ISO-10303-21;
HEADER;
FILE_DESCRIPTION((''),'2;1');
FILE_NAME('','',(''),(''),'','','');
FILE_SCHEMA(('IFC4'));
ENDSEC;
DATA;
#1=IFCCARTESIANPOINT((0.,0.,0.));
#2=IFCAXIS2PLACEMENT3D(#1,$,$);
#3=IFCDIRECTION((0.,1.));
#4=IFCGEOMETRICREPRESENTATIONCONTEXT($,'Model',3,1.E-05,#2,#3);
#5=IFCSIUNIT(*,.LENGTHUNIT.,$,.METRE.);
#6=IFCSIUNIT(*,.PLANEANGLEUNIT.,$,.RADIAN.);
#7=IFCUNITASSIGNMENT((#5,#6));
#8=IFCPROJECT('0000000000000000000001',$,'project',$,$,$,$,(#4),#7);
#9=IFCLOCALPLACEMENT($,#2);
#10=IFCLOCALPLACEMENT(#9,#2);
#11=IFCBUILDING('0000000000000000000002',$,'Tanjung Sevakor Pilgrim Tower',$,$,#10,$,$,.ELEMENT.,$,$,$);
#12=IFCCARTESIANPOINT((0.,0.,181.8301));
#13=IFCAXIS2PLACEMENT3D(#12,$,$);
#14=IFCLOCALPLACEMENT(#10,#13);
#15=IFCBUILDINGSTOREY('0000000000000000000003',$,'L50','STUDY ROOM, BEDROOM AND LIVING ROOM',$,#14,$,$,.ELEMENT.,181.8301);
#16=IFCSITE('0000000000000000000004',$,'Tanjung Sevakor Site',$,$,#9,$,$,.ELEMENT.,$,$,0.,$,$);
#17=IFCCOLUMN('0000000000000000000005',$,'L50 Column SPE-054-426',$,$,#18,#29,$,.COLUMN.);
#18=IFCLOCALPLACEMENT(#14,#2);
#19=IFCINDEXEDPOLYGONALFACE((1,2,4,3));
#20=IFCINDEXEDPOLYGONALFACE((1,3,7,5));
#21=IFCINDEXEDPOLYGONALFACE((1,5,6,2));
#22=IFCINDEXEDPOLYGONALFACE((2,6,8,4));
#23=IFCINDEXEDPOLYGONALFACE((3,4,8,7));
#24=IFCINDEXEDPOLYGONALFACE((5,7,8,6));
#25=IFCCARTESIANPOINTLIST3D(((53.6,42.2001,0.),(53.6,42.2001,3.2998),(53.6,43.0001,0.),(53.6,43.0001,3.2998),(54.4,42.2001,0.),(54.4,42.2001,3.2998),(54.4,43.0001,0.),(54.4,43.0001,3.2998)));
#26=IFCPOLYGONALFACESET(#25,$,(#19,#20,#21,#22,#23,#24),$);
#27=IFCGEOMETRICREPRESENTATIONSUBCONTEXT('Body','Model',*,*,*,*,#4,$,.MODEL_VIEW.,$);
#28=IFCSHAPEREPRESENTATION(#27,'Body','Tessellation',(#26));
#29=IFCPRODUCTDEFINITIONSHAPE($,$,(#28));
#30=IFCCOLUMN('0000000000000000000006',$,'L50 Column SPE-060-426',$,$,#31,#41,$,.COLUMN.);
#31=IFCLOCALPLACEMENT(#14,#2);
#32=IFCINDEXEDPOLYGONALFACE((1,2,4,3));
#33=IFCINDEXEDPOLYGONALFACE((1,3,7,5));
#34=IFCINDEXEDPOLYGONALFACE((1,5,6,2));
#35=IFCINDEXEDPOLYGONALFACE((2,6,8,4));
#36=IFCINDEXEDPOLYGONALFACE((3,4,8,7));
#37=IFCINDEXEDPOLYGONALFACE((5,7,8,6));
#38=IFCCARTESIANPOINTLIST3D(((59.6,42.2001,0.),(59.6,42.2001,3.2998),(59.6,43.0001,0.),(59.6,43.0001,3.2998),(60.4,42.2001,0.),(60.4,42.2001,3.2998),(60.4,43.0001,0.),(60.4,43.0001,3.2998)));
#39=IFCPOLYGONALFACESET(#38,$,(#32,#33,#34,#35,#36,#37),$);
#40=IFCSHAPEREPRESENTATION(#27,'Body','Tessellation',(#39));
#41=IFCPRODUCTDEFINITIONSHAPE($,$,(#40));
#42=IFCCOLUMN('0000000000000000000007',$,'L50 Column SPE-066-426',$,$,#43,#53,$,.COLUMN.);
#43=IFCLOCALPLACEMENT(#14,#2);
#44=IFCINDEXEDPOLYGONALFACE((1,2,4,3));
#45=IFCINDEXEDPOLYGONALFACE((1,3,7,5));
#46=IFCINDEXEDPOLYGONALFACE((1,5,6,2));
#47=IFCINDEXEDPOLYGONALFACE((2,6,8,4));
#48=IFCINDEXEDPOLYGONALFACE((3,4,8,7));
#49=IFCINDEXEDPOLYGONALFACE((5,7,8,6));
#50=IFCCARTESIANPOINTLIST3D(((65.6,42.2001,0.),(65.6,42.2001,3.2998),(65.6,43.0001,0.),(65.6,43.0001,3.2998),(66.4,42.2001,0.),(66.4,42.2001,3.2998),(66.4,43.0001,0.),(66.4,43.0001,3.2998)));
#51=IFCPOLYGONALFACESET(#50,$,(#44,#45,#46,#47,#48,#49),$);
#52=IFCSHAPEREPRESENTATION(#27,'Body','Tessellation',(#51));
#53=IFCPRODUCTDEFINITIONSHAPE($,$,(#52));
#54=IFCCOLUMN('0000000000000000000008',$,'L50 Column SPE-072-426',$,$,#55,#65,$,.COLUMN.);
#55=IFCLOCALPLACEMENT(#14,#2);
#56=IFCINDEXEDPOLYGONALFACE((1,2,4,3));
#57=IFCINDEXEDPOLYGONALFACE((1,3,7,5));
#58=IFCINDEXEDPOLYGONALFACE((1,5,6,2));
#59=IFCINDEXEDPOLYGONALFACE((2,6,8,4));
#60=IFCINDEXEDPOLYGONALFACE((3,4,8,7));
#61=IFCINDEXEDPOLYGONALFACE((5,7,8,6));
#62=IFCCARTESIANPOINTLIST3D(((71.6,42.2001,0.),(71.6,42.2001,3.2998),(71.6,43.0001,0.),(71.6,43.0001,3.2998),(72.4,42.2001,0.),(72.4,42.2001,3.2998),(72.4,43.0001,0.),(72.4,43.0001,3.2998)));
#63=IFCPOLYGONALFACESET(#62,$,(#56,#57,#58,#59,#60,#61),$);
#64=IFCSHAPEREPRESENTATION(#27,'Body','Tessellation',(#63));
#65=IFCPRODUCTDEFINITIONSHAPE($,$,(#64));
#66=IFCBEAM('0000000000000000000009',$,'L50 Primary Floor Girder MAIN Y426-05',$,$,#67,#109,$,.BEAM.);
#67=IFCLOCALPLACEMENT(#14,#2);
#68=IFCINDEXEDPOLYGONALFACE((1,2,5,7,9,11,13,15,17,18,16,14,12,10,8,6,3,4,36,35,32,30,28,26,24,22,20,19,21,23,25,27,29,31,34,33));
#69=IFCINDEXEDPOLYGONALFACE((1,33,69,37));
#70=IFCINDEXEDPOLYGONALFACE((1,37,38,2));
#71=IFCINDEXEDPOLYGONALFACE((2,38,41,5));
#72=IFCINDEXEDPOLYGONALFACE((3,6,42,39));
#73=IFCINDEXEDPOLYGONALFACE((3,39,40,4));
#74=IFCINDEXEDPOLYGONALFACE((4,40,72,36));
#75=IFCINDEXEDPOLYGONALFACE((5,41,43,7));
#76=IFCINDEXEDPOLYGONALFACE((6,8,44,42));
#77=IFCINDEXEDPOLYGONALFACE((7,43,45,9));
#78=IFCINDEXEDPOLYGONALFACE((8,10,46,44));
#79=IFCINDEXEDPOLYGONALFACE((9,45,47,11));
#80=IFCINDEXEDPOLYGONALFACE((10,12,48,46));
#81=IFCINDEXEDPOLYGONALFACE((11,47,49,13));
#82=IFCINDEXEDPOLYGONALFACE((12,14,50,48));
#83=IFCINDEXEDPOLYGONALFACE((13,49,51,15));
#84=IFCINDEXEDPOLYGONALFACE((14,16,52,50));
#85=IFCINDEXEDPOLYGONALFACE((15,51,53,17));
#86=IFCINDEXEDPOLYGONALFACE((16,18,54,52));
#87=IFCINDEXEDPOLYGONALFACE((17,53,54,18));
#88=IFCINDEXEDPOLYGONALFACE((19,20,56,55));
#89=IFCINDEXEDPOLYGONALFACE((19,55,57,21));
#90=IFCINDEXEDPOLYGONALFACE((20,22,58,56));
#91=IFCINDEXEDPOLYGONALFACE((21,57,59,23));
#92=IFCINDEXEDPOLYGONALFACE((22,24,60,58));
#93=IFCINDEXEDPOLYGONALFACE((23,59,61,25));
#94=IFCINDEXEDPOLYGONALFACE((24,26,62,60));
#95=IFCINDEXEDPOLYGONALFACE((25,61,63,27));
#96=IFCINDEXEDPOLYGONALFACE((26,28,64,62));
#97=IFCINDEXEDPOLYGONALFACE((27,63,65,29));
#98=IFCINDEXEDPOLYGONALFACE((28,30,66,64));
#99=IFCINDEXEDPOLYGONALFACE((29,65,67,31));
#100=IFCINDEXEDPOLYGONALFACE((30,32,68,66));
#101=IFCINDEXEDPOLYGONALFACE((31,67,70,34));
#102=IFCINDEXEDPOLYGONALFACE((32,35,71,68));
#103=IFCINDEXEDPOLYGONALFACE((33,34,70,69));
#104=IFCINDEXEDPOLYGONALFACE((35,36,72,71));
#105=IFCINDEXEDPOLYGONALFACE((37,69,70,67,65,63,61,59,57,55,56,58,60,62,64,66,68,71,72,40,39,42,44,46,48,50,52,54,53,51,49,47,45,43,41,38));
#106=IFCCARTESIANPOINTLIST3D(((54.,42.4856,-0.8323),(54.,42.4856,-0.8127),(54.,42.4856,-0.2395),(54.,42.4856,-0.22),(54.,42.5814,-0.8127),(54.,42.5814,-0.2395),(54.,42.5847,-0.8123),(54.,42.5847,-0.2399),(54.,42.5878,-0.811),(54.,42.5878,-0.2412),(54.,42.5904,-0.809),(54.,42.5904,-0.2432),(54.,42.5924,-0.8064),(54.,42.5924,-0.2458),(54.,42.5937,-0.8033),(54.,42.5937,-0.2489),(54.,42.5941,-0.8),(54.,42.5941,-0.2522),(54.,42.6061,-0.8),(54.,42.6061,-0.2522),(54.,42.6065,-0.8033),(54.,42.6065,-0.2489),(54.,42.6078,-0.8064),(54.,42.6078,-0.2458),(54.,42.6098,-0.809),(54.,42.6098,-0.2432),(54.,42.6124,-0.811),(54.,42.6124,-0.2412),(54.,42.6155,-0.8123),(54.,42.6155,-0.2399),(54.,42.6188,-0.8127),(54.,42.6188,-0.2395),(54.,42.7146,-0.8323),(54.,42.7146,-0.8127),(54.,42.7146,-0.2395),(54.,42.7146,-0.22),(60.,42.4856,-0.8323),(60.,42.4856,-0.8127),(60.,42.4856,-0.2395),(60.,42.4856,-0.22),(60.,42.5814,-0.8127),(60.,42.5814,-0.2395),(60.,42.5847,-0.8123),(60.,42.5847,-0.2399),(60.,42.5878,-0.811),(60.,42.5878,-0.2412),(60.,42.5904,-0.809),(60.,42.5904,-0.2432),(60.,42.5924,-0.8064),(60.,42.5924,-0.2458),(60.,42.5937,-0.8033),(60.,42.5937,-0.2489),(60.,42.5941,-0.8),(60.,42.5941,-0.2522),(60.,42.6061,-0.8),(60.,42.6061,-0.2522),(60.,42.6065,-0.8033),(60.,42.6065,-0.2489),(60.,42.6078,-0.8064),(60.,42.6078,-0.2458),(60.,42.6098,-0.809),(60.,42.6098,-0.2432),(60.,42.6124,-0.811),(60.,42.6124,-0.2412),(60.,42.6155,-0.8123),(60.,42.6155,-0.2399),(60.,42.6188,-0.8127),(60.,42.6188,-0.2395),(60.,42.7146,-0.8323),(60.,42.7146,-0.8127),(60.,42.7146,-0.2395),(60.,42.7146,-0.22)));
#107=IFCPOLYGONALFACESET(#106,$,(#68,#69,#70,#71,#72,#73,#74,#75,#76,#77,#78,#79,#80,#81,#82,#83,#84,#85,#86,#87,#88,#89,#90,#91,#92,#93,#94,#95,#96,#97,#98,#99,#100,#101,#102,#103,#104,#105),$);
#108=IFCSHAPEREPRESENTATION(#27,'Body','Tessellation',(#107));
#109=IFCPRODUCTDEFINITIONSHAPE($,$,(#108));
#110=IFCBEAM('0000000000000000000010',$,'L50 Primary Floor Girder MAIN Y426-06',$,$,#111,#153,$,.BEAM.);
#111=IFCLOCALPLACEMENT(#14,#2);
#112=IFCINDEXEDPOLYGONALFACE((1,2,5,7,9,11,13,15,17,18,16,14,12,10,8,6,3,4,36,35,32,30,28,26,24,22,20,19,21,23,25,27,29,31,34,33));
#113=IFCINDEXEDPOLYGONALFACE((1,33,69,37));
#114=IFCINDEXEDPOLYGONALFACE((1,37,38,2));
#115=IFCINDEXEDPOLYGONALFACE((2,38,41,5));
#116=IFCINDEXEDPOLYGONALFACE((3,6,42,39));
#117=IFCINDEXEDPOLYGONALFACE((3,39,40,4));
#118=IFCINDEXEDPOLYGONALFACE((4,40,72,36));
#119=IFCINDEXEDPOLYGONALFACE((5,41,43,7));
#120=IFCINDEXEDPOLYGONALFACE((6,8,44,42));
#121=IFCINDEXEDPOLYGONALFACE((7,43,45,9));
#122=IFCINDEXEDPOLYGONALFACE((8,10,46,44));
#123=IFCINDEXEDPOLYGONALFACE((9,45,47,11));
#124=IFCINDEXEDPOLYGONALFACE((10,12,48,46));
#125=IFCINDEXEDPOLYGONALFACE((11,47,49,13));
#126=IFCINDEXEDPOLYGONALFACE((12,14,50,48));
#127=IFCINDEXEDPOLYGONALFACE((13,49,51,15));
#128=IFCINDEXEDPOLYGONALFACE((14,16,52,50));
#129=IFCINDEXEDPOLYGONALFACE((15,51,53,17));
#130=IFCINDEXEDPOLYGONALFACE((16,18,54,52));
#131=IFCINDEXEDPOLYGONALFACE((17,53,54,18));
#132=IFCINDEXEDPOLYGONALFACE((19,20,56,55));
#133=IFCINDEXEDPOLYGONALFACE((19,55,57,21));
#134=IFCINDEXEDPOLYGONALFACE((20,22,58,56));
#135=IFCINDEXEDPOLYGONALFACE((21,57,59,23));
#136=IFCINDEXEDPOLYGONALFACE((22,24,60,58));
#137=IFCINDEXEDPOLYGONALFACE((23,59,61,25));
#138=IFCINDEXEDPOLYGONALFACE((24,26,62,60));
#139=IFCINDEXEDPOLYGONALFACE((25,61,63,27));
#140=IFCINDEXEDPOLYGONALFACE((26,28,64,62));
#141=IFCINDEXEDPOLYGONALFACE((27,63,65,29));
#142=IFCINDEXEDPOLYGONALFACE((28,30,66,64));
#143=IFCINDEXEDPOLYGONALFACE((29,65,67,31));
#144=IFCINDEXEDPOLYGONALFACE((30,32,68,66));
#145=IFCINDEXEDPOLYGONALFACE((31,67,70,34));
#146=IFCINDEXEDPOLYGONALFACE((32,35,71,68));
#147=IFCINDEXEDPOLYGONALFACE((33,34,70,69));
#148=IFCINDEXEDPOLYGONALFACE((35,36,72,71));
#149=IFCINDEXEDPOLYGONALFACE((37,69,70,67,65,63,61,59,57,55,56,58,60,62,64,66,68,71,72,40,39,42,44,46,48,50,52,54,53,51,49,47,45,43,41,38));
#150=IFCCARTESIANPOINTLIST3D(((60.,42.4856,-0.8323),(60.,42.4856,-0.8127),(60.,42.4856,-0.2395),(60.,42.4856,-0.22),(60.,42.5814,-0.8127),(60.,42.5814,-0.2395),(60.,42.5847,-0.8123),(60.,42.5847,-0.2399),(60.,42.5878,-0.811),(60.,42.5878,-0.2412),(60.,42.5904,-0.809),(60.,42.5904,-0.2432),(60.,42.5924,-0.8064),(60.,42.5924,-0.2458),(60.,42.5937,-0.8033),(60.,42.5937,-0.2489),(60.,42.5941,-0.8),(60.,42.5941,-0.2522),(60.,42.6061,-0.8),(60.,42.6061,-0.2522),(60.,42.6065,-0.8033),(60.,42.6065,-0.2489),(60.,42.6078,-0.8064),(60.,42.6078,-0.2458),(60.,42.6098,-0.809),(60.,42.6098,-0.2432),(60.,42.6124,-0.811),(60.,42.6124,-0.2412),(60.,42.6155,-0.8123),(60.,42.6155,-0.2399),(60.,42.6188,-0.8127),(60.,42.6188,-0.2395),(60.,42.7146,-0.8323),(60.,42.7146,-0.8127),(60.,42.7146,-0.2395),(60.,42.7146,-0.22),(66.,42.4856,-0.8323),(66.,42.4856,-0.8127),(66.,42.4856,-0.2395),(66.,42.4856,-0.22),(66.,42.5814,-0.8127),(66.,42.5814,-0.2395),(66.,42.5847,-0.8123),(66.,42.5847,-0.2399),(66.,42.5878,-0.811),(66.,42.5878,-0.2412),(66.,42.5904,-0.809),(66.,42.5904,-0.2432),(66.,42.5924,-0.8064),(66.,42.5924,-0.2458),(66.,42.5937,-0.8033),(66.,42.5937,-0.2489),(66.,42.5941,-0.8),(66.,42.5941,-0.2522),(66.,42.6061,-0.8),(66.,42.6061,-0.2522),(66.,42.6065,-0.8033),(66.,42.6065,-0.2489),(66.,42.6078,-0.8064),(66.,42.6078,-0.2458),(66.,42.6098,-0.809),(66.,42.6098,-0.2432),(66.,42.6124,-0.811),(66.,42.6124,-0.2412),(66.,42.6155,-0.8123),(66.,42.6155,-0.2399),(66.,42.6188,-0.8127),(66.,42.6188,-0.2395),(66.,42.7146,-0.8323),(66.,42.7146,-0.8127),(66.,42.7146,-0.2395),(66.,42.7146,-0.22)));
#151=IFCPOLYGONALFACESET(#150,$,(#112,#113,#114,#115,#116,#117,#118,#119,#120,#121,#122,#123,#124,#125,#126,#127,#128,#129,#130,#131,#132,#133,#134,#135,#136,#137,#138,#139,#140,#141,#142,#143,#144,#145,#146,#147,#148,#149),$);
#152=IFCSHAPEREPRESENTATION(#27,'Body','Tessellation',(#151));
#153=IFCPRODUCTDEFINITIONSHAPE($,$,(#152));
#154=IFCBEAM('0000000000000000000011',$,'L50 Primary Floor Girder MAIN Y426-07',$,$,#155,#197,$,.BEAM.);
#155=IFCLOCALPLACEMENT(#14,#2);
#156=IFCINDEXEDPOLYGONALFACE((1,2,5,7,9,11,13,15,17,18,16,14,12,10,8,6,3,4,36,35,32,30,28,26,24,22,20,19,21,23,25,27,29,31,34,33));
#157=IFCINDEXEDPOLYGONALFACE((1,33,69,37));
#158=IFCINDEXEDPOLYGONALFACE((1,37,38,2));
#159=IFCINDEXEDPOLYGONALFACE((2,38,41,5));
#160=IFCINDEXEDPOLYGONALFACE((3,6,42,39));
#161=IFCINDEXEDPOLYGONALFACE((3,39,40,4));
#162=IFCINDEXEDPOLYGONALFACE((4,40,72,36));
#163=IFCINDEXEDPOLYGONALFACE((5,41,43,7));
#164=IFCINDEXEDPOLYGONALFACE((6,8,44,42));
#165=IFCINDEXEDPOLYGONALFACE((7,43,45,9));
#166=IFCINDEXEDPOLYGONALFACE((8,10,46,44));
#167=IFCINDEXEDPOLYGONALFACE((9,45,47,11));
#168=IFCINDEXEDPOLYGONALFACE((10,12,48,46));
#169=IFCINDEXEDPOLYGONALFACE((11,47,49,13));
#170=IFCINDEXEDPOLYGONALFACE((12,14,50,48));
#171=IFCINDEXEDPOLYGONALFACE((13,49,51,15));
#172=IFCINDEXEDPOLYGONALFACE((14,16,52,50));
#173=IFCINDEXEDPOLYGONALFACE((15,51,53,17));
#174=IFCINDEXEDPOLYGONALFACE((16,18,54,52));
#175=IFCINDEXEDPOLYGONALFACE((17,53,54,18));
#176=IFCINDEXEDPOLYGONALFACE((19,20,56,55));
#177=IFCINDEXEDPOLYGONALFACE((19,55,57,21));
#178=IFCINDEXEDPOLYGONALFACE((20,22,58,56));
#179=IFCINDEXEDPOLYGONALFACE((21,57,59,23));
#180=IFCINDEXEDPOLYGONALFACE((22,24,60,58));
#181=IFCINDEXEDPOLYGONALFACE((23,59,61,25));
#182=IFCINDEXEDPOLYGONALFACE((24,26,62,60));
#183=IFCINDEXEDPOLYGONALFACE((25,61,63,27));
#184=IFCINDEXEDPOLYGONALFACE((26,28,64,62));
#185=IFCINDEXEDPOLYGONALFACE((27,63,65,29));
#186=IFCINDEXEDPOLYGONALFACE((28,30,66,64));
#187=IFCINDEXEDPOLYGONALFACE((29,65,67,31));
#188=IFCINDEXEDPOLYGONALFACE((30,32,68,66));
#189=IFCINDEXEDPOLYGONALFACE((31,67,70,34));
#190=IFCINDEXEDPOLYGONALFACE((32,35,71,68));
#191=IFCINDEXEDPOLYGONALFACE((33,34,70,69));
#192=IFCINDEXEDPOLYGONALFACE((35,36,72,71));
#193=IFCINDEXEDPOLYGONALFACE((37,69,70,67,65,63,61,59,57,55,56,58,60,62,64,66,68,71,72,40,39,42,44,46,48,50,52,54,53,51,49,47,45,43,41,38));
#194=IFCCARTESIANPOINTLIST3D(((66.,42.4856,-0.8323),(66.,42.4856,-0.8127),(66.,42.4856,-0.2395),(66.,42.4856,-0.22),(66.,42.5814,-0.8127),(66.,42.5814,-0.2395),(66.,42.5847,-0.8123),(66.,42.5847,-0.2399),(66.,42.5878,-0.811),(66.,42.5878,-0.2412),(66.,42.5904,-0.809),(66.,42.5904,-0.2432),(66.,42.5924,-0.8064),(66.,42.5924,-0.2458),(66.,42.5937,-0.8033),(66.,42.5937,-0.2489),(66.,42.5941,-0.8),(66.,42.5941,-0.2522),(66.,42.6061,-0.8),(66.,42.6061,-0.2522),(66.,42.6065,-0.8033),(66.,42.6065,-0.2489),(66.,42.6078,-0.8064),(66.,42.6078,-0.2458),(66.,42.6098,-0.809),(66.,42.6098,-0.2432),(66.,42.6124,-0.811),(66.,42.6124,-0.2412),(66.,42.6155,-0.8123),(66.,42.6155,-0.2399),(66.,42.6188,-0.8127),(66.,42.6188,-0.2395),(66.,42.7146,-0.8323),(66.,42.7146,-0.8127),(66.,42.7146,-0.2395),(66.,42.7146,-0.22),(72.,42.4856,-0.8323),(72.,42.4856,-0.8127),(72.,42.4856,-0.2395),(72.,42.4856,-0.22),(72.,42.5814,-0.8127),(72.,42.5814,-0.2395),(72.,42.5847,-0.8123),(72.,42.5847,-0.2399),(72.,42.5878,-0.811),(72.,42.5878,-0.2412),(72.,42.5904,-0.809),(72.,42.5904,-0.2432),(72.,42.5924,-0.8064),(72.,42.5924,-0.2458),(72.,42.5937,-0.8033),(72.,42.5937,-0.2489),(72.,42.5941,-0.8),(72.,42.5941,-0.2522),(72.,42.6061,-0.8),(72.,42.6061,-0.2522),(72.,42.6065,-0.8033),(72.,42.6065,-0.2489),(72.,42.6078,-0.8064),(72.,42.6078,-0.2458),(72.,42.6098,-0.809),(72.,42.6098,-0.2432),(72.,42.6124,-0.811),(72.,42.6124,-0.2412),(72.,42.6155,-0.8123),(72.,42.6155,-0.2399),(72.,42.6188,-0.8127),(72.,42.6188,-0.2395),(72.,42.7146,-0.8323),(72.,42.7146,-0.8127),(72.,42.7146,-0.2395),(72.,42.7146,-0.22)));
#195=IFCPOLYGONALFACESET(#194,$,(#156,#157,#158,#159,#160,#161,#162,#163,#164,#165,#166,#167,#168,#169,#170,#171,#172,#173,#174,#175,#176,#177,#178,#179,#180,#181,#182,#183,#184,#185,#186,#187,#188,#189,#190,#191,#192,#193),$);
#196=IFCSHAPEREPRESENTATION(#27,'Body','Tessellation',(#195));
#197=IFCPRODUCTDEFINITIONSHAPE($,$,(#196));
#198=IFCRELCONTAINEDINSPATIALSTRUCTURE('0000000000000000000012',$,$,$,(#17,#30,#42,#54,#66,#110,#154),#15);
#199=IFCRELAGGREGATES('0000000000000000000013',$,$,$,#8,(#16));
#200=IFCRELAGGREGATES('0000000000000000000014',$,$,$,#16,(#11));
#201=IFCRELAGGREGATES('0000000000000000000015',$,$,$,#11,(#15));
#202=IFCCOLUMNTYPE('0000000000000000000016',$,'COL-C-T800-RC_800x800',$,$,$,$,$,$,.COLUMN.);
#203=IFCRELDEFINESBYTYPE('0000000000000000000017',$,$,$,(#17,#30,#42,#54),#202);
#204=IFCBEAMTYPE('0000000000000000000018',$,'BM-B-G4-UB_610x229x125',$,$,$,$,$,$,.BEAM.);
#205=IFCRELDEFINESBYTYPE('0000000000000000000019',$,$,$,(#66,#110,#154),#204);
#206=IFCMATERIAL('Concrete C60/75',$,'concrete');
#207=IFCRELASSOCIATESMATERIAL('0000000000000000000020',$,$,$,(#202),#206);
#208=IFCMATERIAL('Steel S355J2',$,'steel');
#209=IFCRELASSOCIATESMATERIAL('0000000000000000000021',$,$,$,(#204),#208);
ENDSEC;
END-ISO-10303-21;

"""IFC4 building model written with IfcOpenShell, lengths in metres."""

from ifc_helpers import new_model, si_unit, direction, frame, origin, origin_2d, place, context, subcontext, project, spatial, rectangle, i_section, extrude, material, material_profile, profile_set, type_object, element, save


model = new_model("IFC4")

# Units and contexts
model_context = context("Model", 3, precision=1e-05, world=origin(), true_north=direction((0.0, 1.0)))
body_context = subcontext(model_context, "Body", "Model", "MODEL_VIEW")
ifc_project = project(units=[si_unit("LENGTHUNIT", "METRE"), si_unit("PLANEANGLEUNIT", "RADIAN")], contexts=[model_context])

# Site, building, storey
site_placement = place(None, origin())
site = spatial("IfcSite", under=ifc_project, at=site_placement, Name="Tanjung Sevakor Site", CompositionType="ELEMENT", RefElevation=0.0)
building_placement = place(site_placement, origin())
building = spatial("IfcBuilding", under=site, at=building_placement, Name="Tanjung Sevakor Pilgrim Tower", CompositionType="ELEMENT")
storey_placement = place(building_placement, frame((0.0, 0.0, 181.8301)))
storey = spatial("IfcBuildingStorey", under=building, at=storey_placement, Name="L50", Description="STUDY ROOM, BEDROOM AND LIVING ROOM", CompositionType="ELEMENT", Elevation=181.8301)

# Columns
ifc_material_1 = material(Name="Concrete C60/75", Category="concrete")
ifc_material_profile_1 = material_profile(ifc_material_1, rectangle(XDim=0.8, YDim=0.8, at=origin_2d()))
ifc_profile_set_1 = profile_set([ifc_material_profile_1], Name="Concrete C60/75")
column_type = type_object("IfcColumnType", Name="COL-C-T800-RC_800x800", PredefinedType="COLUMN", material=ifc_profile_set_1)
for number, where, z_axis, x_axis, name in (
    (1, (54.0, 42.6001, 0.0), (0.0, 0.0, 1.0), (1.0, 0.0, 0.0), "L50 Column SPE-054-426"),
    (2, (60.0, 42.6001, 0.0), (0.0, 0.0, 1.0), (1.0, 0.0, 0.0), "L50 Column SPE-060-426"),
    (3, (66.0, 42.6001, 0.0), (0.0, 0.0, 1.0), (1.0, 0.0, 0.0), "L50 Column SPE-066-426"),
    (4, (72.0, 42.6001, 0.0), (0.0, 0.0, 1.0), (1.0, 0.0, 0.0), "L50 Column SPE-072-426"),
):
    element("IfcColumn", number, at=place(storey_placement, frame(where, z_axis=z_axis, x_axis=x_axis)), inside=storey, type_object=column_type, Name=name, PredefinedType="COLUMN", context=body_context, shape_type="SweptSolid", body=[
        extrude(rectangle(XDim=0.8, YDim=0.8, at=origin_2d()), origin(), (0.0, 0.0, 1.0), 3.2998),
    ])

# Beams
ifc_material_2 = material(Name="Steel S355J2", Category="steel")
ifc_material_profile_2 = material_profile(ifc_material_2, i_section(OverallWidth=0.229, OverallDepth=0.6123, WebThickness=0.012, FlangeThickness=0.0195, FilletRadius=0.0127, at=origin_2d()))
ifc_profile_set_2 = profile_set([ifc_material_profile_2], Name="Steel S355J2")
beam_type_1 = type_object("IfcBeamType", Name="BM-B-G4-UB_610x229x125", PredefinedType="BEAM", material=ifc_profile_set_2)
for number, where, z_axis, x_axis, name in (
    (5, (54.0, 42.6001, -0.5261), (1.0, 0.0, 0.0), (0.0, 1.0, 0.0), "L50 Primary Floor Girder MAIN Y426-05"),
    (6, (60.0, 42.6001, -0.5261), (1.0, 0.0, 0.0), (0.0, 1.0, 0.0), "L50 Primary Floor Girder MAIN Y426-06"),
    (7, (66.0, 42.6001, -0.5261), (1.0, 0.0, 0.0), (0.0, 1.0, 0.0), "L50 Primary Floor Girder MAIN Y426-07"),
):
    element("IfcBeam", number, at=place(storey_placement, frame(where, z_axis=z_axis, x_axis=x_axis)), inside=storey, type_object=beam_type_1, Name=name, PredefinedType="BEAM", context=body_context, shape_type="SweptSolid", body=[
        extrude(i_section(OverallWidth=0.229, OverallDepth=0.6123, WebThickness=0.012, FlangeThickness=0.0195, FilletRadius=0.0127, at=origin_2d()), origin(), (0.0, 0.0, 1.0), 6.0),
    ])

save(model, "model.ifc")
